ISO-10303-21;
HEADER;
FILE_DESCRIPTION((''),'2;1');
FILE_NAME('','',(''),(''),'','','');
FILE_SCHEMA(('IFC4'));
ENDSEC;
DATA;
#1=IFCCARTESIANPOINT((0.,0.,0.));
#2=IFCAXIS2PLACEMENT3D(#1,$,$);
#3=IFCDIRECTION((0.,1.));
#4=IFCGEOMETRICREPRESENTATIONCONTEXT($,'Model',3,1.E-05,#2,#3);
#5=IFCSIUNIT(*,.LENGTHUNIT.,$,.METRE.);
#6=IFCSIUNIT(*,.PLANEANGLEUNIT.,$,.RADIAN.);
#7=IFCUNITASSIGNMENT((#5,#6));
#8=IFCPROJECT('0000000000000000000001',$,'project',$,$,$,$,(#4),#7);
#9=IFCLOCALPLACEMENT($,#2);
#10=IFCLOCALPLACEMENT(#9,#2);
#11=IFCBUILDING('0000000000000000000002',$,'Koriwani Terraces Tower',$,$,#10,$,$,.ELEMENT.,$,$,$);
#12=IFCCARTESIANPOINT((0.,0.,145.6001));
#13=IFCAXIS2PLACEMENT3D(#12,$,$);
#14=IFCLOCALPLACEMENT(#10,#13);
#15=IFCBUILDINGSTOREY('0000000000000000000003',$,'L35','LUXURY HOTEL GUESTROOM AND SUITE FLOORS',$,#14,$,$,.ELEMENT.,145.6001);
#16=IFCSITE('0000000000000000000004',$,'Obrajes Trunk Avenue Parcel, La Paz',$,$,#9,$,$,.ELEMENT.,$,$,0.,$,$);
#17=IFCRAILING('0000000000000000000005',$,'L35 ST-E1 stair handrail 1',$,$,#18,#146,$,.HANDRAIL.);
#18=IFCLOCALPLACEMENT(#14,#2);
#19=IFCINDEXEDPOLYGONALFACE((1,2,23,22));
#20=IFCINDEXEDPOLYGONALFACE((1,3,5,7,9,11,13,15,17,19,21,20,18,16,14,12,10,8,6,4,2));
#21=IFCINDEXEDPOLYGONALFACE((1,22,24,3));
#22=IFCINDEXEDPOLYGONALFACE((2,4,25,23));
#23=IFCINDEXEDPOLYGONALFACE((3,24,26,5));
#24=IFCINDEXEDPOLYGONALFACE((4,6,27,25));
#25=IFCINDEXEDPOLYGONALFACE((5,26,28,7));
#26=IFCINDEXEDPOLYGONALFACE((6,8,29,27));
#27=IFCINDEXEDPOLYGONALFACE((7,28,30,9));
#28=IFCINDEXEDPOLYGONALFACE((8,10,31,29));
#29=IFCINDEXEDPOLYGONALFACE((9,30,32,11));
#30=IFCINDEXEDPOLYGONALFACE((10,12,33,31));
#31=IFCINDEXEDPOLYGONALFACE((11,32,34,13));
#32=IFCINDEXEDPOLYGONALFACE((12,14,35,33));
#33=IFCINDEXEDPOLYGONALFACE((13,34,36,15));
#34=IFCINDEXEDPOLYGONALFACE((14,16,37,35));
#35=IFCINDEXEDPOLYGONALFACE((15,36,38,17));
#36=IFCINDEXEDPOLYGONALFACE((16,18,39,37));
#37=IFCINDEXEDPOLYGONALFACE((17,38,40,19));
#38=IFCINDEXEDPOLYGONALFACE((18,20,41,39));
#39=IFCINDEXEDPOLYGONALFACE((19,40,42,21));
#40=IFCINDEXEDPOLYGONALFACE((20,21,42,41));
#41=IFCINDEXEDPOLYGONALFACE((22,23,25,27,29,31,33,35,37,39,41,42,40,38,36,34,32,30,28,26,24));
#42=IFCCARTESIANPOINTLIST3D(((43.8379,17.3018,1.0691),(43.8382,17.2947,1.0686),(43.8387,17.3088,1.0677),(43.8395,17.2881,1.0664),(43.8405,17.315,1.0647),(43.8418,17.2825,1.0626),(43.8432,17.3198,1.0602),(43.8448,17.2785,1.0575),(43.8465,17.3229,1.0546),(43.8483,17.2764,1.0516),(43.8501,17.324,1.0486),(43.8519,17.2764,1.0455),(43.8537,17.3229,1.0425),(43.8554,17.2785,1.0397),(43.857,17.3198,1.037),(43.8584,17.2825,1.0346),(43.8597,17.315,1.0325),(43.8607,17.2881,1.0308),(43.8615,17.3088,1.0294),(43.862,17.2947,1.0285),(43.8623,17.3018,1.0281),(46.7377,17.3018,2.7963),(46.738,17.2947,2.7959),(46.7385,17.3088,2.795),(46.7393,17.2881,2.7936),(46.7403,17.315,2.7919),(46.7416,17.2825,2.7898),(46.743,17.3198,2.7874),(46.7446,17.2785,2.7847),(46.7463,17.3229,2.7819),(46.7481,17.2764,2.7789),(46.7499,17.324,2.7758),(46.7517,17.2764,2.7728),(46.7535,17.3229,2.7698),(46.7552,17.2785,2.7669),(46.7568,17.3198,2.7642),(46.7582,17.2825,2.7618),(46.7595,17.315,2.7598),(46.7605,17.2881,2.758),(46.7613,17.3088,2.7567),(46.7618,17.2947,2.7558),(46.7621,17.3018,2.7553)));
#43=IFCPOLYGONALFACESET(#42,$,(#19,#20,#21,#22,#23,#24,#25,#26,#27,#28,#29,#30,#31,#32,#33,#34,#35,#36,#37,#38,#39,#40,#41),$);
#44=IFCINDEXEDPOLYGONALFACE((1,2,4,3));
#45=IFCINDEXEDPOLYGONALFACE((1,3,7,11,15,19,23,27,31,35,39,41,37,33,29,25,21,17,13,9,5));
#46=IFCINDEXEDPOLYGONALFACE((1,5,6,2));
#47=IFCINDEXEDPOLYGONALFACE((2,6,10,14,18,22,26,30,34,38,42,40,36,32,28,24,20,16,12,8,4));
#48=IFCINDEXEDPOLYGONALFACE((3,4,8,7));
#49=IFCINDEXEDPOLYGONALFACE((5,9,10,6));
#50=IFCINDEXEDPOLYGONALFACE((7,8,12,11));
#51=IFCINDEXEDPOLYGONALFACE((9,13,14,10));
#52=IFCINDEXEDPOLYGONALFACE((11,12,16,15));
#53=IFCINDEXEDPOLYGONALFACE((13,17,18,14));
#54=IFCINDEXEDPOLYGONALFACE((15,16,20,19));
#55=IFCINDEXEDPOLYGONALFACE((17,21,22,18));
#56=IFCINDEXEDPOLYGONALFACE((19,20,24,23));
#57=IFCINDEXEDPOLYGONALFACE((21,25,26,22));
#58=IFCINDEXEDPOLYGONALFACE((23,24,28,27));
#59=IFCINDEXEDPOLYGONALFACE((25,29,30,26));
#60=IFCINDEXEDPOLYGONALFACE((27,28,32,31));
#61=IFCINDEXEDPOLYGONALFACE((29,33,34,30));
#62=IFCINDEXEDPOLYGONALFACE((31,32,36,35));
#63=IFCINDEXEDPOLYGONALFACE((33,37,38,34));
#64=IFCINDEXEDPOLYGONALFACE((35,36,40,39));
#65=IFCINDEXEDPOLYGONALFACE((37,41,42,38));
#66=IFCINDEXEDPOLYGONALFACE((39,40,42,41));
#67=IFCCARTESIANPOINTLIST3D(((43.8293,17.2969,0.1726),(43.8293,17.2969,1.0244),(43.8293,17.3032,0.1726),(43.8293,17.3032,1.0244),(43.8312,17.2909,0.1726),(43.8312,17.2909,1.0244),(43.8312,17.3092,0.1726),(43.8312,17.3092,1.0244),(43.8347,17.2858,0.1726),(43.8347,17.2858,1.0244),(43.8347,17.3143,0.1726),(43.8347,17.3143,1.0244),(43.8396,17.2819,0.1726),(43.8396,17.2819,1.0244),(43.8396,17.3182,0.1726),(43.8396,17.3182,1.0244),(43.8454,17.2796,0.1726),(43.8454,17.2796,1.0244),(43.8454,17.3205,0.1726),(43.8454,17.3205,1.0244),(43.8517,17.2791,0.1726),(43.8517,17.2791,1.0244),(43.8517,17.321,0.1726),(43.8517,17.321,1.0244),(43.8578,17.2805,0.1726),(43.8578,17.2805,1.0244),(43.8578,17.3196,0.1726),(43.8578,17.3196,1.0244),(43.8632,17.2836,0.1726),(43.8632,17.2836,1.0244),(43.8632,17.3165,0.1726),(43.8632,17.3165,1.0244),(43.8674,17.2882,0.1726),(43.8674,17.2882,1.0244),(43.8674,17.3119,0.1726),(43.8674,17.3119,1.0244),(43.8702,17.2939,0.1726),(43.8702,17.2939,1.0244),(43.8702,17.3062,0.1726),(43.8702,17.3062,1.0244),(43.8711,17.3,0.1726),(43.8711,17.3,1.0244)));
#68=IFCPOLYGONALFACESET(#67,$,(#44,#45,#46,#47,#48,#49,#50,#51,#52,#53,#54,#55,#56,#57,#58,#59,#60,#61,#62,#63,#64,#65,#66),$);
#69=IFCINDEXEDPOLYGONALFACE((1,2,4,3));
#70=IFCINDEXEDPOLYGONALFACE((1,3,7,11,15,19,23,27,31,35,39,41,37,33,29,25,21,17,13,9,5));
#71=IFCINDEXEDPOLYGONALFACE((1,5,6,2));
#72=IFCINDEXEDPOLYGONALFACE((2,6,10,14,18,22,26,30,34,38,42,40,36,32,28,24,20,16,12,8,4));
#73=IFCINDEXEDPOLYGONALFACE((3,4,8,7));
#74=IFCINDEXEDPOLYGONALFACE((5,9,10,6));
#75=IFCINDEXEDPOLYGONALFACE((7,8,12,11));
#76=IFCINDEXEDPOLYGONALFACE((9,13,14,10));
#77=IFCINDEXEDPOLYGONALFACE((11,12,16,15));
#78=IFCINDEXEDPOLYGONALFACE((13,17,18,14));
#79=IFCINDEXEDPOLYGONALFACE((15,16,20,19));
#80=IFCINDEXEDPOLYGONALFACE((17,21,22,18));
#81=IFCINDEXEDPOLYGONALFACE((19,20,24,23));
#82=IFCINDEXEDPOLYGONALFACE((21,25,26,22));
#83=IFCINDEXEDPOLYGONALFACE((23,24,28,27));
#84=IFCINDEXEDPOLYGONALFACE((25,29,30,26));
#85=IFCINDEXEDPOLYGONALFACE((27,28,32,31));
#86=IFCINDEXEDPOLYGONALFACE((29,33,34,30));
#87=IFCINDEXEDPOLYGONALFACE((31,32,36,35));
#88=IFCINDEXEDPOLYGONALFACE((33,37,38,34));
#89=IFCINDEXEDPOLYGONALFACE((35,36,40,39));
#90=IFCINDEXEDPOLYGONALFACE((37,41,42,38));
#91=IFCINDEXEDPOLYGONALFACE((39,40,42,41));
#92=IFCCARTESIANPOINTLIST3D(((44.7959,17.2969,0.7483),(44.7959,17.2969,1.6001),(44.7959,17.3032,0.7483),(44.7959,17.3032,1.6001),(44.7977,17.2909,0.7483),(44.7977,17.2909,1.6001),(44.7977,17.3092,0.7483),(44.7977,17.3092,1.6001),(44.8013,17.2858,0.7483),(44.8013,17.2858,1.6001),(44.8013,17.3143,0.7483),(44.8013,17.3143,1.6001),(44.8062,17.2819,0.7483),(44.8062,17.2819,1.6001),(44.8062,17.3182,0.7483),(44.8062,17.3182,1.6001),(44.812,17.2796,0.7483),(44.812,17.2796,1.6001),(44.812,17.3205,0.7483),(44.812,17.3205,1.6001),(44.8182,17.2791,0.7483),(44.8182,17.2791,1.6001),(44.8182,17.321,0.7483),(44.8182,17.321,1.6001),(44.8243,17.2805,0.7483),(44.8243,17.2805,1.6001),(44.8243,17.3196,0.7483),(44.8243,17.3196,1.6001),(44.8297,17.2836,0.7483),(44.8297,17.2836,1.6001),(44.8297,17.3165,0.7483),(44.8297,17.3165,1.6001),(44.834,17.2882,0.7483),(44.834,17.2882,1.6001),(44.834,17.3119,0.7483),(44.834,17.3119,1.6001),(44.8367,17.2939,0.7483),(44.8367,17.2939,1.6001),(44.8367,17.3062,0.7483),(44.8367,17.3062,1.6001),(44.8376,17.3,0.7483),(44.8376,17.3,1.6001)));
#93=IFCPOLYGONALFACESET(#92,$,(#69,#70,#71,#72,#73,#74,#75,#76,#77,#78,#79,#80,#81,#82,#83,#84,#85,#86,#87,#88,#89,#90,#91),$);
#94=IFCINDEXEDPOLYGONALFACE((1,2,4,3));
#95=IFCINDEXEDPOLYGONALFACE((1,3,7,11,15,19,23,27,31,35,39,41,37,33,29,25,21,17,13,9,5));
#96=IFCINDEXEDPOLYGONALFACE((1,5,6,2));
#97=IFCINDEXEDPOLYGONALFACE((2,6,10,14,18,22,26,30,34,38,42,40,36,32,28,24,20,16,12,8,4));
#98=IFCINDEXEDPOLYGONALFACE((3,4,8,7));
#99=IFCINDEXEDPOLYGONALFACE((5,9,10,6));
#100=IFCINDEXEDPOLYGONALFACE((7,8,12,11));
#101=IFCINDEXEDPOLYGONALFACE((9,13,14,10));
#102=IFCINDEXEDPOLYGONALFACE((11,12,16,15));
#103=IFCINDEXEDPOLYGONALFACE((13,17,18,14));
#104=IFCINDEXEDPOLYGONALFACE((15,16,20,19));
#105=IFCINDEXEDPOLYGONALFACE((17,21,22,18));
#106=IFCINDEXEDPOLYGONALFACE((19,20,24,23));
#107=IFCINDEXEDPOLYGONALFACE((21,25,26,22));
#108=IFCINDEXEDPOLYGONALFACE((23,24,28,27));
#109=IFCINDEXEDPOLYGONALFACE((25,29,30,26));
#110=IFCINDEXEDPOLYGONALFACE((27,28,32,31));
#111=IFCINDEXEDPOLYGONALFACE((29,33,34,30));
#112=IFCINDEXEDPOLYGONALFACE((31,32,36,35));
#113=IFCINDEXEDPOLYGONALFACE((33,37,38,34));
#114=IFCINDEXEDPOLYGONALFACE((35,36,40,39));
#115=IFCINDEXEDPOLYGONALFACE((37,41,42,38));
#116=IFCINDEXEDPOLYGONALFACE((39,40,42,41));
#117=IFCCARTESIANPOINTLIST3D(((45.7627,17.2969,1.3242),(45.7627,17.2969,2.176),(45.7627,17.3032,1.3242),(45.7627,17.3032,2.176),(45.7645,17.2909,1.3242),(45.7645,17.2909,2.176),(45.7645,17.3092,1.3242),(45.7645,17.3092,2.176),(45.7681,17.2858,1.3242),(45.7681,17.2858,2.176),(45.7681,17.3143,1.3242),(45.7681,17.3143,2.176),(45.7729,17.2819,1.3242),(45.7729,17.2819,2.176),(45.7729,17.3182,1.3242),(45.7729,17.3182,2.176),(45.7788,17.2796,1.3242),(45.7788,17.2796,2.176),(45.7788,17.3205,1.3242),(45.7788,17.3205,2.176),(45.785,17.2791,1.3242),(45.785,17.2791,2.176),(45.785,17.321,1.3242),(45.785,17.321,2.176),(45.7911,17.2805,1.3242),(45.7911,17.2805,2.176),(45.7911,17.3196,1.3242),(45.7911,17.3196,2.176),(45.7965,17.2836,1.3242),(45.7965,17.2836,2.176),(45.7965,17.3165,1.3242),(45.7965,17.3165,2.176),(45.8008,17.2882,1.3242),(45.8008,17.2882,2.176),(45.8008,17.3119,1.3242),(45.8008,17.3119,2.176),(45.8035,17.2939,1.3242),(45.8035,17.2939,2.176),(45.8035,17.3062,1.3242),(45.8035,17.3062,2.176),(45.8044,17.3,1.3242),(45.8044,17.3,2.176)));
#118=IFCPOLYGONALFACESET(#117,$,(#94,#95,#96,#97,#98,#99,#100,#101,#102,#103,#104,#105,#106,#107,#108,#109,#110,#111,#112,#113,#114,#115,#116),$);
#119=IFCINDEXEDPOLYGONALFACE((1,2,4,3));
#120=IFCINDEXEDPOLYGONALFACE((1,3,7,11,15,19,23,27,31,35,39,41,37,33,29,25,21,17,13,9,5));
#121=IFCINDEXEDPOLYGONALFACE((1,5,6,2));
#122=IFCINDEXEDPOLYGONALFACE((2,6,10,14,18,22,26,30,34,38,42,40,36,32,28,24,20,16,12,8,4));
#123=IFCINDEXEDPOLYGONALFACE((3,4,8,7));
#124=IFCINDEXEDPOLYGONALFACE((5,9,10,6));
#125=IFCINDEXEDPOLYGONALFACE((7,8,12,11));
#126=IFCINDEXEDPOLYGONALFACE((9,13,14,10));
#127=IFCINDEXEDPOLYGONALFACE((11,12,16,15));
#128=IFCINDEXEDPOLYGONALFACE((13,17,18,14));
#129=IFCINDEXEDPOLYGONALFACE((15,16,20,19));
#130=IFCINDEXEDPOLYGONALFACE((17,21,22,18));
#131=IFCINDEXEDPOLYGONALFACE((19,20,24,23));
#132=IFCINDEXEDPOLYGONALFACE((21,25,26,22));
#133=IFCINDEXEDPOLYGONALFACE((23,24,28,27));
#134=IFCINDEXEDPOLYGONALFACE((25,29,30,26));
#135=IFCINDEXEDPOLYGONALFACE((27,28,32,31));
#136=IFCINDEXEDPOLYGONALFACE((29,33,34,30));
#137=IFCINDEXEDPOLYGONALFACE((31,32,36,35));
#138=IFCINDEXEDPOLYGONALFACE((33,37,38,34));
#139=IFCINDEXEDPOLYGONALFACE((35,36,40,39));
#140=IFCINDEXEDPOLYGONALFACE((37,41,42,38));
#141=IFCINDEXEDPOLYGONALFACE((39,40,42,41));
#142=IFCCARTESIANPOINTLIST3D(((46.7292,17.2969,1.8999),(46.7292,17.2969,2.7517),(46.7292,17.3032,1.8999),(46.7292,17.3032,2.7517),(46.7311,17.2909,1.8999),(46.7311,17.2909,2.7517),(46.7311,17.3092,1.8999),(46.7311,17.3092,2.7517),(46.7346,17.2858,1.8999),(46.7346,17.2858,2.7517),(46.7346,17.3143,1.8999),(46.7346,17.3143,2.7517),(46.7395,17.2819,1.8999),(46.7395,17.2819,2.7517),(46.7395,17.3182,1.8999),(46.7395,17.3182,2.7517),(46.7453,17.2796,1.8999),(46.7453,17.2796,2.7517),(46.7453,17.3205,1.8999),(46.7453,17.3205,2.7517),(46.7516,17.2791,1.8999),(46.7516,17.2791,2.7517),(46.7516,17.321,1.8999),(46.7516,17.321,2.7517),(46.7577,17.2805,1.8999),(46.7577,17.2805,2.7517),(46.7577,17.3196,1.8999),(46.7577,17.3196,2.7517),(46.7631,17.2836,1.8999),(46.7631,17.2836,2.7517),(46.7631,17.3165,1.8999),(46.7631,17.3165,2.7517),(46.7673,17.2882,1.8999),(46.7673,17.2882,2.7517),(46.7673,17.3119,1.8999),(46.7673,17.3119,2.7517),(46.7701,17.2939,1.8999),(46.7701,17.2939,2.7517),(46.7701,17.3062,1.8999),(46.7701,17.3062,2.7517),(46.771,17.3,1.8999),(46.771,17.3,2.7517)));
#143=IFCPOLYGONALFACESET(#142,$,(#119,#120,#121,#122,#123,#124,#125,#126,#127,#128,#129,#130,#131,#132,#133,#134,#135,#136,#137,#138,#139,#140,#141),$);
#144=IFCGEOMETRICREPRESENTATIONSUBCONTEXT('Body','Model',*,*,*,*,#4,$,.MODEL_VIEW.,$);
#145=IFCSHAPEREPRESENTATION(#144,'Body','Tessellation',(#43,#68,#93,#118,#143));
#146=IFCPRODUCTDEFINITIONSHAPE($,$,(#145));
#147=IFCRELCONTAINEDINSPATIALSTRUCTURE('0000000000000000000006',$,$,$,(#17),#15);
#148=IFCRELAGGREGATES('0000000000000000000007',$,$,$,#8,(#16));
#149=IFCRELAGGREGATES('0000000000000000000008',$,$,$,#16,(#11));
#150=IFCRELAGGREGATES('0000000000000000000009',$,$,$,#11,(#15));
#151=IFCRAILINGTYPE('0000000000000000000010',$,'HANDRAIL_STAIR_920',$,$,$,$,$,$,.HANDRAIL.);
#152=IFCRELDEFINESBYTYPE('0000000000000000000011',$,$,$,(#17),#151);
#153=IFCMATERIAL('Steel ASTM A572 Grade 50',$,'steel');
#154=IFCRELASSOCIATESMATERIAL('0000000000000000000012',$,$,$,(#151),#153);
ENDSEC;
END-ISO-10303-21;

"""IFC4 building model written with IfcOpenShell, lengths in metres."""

from ifc_helpers import new_model, si_unit, direction, frame, origin, origin_2d, place, context, subcontext, project, spatial, circle, extrude, material, type_object, element, save


model = new_model("IFC4")

# Units and contexts
model_context = context("Model", 3, precision=1e-05, world=origin(), true_north=direction((0.0, 1.0)))
body_context = subcontext(model_context, "Body", "Model", "MODEL_VIEW")
ifc_project = project(units=[si_unit("LENGTHUNIT", "METRE"), si_unit("PLANEANGLEUNIT", "RADIAN")], contexts=[model_context])

# Site, building, storey
site_placement = place(None, origin())
site = spatial("IfcSite", under=ifc_project, at=site_placement, Name="Obrajes Trunk Avenue Parcel, La Paz", CompositionType="ELEMENT", RefElevation=0.0)
building_placement = place(site_placement, origin())
building = spatial("IfcBuilding", under=site, at=building_placement, Name="Koriwani Terraces Tower", CompositionType="ELEMENT")
storey_placement = place(building_placement, frame((0.0, 0.0, 145.6001)))
storey = spatial("IfcBuildingStorey", under=building, at=storey_placement, Name="L35", Description="LUXURY HOTEL GUESTROOM AND SUITE FLOORS", CompositionType="ELEMENT", Elevation=145.6001)

# Shared definitions
ifc_material_1 = material(Name="Steel ASTM A572 Grade 50", Category="steel")

# Railing
railing_type_1 = type_object("IfcRailingType", Name="HANDRAIL_STAIR_920", PredefinedType="HANDRAIL", material=ifc_material_1)
for number, where, name in (
    (1, (43.8501, 17.3, 0.1726), "L35 ST-E1 stair handrail 1"),
):
    element("IfcRailing", number, at=place(storey_placement, frame(where)), inside=storey, type_object=railing_type_1, Name=name, PredefinedType="HANDRAIL", context=body_context, shape_type="SweptSolid", body=[
        extrude(circle(Radius=0.0239, at=origin_2d()), frame((0.0, 0.0, 0.876), z_axis=(0.859141, 0.0, 0.511738), x_axis=(0.0, 1.0, 0.0)), (0.0, 0.0, 1.0), 3.3752),
        extrude(circle(Radius=0.021, at=origin_2d()), origin(), (0.0, 0.0, 1.0), 0.8518),
        extrude(circle(Radius=0.021, at=origin_2d()), frame((0.9666, 0.0, 0.5757)), (0.0, 0.0, 1.0), 0.8518),
        extrude(circle(Radius=0.021, at=origin_2d()), frame((1.9333, 0.0, 1.1516)), (0.0, 0.0, 1.0), 0.8518),
        extrude(circle(Radius=0.021, at=origin_2d()), frame((2.8999, 0.0, 1.7273)), (0.0, 0.0, 1.0), 0.8518),
    ])

save(model, "model.ifc")
